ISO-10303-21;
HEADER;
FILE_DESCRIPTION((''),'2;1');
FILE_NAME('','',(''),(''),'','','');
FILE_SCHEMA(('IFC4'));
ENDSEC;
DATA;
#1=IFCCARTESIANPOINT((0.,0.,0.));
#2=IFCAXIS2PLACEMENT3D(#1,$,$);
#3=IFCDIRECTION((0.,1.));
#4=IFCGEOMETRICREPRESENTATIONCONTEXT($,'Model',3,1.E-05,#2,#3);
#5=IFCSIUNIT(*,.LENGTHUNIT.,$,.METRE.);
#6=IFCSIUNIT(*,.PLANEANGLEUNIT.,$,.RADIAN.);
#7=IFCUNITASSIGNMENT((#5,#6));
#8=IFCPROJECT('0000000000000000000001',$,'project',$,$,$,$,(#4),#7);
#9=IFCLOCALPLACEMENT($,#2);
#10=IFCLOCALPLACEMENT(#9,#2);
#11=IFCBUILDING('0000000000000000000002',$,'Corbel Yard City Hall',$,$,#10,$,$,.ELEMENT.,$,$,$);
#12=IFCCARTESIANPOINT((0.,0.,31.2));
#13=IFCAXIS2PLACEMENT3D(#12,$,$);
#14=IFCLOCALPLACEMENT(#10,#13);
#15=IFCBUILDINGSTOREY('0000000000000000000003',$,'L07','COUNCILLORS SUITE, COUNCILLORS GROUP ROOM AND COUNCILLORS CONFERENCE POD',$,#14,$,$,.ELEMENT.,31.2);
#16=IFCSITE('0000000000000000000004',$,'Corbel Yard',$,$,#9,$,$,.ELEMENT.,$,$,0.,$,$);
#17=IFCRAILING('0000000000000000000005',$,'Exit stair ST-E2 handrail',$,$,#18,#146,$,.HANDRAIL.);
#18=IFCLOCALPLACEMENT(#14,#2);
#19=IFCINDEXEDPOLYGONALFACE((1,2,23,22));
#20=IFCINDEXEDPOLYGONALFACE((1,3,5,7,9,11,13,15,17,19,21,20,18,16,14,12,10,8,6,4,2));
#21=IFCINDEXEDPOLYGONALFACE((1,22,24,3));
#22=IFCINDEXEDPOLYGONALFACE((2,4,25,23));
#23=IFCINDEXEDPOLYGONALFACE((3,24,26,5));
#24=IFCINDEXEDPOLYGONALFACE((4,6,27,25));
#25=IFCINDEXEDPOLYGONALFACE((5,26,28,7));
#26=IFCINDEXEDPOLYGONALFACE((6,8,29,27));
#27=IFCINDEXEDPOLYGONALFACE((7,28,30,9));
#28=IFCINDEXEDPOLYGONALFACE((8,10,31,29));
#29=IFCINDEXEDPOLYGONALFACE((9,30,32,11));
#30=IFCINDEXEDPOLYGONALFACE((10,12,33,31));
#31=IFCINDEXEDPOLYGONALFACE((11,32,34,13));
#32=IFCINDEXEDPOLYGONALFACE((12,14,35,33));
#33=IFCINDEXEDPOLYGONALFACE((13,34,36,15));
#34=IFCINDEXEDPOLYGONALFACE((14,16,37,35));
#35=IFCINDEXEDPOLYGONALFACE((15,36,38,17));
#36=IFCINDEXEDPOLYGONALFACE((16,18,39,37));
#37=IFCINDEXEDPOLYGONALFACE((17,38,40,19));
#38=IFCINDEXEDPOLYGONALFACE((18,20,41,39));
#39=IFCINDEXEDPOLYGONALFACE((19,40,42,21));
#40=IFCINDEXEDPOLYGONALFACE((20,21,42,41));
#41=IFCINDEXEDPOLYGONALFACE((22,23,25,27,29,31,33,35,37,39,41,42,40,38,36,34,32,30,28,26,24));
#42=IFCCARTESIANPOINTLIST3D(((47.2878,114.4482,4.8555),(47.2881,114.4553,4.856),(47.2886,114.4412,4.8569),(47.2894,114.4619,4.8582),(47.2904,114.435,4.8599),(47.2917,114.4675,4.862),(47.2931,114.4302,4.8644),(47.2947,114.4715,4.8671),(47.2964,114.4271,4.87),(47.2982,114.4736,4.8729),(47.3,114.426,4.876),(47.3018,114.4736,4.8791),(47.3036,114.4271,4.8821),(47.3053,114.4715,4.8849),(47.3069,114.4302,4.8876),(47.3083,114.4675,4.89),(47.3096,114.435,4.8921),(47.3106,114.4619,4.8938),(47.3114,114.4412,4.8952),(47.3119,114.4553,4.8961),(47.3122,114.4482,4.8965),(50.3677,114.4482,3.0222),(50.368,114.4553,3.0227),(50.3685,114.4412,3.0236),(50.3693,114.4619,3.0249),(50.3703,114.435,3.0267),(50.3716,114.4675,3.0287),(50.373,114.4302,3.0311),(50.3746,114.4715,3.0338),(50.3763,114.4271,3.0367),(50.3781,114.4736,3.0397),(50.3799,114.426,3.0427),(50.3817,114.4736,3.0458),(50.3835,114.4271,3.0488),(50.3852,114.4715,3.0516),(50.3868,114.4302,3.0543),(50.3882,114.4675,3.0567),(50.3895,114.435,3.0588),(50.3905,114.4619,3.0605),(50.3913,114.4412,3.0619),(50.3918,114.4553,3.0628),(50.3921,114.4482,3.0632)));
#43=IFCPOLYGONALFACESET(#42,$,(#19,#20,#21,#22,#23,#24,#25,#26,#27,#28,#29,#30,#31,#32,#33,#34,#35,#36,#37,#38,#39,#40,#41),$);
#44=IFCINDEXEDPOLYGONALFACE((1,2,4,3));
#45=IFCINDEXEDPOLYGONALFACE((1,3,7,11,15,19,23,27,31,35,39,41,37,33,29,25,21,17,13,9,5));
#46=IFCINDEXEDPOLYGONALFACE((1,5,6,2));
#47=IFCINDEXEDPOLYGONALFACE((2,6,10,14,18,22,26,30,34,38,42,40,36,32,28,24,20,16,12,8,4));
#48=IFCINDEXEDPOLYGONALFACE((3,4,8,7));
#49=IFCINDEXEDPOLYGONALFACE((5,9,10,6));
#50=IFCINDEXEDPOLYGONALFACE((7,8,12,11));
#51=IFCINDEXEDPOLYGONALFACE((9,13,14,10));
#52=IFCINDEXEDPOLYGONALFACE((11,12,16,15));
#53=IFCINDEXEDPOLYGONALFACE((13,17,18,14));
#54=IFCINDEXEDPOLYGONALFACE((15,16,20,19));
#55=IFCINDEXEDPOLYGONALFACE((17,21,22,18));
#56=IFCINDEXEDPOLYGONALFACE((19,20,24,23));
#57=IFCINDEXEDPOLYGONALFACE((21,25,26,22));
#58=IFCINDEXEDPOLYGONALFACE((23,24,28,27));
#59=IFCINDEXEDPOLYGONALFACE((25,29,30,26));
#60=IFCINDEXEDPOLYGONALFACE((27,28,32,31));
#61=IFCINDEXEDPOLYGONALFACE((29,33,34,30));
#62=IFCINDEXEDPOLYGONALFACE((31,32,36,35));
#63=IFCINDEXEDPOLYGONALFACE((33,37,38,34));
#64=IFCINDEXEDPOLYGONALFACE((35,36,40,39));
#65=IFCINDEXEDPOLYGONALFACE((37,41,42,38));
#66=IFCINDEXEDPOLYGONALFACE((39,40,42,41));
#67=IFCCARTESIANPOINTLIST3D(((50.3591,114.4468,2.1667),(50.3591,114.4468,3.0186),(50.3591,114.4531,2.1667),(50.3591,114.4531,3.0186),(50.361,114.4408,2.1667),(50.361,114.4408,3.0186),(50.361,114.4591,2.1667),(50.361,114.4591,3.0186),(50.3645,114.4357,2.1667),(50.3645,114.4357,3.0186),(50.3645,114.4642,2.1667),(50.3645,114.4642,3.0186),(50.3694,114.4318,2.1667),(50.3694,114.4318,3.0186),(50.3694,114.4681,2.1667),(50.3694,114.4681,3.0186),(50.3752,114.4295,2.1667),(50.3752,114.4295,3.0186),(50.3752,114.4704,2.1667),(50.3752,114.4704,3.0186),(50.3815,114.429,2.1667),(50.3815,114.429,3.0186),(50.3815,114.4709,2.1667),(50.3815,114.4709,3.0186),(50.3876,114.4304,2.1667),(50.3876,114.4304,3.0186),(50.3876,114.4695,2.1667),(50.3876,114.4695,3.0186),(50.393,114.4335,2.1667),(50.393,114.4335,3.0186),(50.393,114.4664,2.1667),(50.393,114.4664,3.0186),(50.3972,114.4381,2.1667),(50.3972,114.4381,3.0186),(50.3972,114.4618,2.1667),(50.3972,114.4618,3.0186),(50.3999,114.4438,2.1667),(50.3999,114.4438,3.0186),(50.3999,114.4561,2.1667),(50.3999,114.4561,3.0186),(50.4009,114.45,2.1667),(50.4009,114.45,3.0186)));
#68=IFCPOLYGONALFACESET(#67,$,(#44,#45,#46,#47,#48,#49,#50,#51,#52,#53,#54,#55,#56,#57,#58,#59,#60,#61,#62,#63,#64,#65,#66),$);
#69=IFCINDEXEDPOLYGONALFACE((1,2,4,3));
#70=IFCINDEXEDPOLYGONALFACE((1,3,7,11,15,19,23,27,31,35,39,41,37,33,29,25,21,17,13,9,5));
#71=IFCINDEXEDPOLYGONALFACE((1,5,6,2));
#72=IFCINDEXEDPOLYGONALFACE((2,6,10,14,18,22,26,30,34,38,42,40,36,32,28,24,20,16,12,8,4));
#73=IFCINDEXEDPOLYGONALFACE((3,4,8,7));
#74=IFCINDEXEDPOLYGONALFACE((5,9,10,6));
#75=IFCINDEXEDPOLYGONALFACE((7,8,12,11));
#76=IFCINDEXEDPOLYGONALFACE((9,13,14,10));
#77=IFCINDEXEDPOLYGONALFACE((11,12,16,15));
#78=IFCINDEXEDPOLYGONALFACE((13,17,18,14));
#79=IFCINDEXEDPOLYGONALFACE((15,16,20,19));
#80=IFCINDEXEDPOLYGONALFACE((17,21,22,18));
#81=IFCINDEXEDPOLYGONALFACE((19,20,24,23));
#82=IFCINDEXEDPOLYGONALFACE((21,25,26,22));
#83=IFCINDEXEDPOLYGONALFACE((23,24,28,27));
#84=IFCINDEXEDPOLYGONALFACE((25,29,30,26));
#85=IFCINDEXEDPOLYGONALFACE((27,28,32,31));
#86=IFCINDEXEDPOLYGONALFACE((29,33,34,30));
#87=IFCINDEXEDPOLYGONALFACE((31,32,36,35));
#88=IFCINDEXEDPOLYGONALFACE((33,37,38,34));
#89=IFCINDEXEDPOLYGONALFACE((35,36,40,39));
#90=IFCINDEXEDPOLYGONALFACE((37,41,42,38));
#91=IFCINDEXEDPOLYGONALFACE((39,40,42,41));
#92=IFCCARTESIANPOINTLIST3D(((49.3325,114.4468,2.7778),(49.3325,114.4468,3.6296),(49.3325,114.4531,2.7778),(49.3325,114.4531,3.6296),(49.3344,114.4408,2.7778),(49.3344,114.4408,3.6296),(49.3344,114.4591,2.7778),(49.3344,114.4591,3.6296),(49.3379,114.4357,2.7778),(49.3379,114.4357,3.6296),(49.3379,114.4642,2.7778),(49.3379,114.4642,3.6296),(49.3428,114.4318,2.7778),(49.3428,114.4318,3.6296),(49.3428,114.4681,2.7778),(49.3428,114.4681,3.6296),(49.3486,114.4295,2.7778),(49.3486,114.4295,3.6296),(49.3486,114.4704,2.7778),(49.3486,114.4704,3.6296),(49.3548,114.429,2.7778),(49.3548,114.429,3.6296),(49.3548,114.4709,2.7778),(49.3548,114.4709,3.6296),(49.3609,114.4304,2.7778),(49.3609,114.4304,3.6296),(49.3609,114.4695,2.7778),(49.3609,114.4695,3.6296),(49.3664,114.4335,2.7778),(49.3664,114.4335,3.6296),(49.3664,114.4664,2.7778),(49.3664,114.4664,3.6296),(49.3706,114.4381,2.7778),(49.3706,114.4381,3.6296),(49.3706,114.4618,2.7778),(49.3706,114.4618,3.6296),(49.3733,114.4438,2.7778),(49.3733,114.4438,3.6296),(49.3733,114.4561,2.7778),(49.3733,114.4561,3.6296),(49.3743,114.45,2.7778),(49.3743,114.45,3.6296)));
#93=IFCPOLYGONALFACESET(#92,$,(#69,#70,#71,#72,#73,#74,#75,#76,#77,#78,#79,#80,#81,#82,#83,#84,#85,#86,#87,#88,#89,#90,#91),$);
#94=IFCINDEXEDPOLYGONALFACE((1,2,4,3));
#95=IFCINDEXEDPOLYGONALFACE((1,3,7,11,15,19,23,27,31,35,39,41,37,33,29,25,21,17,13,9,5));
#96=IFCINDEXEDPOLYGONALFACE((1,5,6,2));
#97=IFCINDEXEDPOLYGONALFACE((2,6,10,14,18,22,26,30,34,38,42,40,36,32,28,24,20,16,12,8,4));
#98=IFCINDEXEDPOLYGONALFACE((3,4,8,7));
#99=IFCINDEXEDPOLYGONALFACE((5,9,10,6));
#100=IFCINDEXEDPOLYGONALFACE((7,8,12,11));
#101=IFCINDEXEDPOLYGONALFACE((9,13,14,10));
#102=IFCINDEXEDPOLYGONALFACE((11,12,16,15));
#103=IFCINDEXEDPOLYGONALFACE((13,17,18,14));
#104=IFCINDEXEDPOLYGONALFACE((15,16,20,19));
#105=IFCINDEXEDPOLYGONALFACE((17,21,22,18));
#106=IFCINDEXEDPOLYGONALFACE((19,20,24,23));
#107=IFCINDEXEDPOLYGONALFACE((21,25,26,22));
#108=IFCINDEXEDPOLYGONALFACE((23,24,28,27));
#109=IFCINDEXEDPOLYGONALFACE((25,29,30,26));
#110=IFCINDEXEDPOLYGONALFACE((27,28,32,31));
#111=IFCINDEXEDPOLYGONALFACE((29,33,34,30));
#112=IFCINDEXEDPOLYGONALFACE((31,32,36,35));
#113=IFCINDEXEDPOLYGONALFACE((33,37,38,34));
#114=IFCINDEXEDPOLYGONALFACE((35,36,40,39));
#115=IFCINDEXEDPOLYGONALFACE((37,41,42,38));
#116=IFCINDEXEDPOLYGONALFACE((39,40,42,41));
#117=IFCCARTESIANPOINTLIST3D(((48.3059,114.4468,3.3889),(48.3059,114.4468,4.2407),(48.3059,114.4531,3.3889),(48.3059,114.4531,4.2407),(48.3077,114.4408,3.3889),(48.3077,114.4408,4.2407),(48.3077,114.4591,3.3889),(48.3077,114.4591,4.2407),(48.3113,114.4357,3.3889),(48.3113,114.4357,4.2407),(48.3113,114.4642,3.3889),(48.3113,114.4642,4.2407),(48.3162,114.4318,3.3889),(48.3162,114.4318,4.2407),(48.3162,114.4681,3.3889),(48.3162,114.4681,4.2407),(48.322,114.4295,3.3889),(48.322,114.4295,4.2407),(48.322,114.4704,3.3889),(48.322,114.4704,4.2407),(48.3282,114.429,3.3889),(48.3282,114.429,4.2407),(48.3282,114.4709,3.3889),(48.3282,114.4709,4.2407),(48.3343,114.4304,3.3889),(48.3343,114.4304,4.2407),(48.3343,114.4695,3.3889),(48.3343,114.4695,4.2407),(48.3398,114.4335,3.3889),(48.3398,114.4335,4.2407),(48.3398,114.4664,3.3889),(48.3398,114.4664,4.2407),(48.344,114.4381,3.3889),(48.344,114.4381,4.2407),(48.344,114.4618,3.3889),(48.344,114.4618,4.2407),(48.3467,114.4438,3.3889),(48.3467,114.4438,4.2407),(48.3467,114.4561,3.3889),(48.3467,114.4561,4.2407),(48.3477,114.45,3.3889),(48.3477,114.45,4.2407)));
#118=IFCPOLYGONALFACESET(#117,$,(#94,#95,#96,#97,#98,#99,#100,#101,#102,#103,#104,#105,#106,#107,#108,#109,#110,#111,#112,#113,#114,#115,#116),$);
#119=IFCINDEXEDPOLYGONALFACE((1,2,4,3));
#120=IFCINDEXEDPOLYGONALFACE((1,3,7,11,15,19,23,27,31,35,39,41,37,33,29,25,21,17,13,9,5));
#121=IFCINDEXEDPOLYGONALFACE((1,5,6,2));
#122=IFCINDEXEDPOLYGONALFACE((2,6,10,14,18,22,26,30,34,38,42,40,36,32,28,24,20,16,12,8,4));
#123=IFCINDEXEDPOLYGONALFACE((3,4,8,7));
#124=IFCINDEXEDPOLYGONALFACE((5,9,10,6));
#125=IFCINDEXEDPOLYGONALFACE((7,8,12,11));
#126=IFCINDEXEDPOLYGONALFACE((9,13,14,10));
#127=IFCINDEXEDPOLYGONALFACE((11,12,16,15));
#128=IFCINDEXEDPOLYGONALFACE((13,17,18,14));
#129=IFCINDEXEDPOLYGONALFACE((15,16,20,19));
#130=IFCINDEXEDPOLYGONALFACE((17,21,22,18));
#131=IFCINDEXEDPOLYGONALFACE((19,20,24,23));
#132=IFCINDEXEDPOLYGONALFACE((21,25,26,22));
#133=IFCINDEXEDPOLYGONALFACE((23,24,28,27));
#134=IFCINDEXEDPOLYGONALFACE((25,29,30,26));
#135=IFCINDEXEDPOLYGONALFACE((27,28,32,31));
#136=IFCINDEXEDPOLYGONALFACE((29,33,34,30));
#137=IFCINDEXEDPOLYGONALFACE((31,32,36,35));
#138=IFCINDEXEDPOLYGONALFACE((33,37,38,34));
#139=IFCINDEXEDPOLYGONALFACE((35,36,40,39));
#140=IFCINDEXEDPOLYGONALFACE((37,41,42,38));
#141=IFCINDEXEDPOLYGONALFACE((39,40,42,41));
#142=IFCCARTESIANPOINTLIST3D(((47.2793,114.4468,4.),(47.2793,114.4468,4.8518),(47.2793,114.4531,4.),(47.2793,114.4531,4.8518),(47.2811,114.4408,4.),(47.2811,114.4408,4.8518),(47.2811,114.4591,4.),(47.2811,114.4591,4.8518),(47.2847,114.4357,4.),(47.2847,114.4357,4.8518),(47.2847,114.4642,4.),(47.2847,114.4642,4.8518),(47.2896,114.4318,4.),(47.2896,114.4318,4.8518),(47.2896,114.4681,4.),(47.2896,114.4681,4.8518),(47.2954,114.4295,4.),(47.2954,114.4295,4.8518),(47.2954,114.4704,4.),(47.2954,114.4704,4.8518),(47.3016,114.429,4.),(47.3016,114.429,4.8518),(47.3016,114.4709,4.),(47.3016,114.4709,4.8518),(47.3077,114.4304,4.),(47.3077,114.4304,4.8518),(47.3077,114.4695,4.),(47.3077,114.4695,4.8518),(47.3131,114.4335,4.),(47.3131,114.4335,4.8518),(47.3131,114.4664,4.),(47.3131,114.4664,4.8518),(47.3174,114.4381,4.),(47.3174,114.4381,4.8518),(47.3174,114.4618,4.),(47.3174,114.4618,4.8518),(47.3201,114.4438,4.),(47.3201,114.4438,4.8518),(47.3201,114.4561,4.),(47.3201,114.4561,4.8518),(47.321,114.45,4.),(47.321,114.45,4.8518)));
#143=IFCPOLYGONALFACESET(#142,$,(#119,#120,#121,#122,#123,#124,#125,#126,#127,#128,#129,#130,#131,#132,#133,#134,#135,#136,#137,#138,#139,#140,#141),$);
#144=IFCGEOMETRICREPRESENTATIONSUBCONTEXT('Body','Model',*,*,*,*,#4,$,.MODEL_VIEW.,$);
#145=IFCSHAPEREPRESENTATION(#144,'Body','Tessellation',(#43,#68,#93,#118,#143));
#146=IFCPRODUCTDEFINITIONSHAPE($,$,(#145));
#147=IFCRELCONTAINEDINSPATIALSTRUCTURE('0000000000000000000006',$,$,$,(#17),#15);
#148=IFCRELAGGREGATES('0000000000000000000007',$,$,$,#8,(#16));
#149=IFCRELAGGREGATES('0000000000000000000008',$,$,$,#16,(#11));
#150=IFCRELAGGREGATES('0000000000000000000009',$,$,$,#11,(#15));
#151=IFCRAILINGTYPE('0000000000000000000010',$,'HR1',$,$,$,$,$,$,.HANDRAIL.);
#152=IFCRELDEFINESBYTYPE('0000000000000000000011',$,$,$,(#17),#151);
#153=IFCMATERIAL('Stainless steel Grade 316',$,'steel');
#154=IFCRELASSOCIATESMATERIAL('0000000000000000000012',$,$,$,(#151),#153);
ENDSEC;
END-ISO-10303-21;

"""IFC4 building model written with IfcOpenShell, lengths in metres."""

from ifc_helpers import new_model, si_unit, direction, frame, origin, origin_2d, place, context, subcontext, project, spatial, circle, extrude, material, type_object, element, save


model = new_model("IFC4")

# Units and contexts
model_context = context("Model", 3, precision=1e-05, world=origin(), true_north=direction((0.0, 1.0)))
body_context = subcontext(model_context, "Body", "Model", "MODEL_VIEW")
ifc_project = project(units=[si_unit("LENGTHUNIT", "METRE"), si_unit("PLANEANGLEUNIT", "RADIAN")], contexts=[model_context])

# Site, building, storey
site_placement = place(None, origin())
site = spatial("IfcSite", under=ifc_project, at=site_placement, Name="Corbel Yard", CompositionType="ELEMENT", RefElevation=0.0)
building_placement = place(site_placement, origin())
building = spatial("IfcBuilding", under=site, at=building_placement, Name="Corbel Yard City Hall", CompositionType="ELEMENT")
storey_placement = place(building_placement, frame((0.0, 0.0, 31.2)))
storey = spatial("IfcBuildingStorey", under=building, at=storey_placement, Name="L07", Description="COUNCILLORS SUITE, COUNCILLORS GROUP ROOM AND COUNCILLORS CONFERENCE POD", CompositionType="ELEMENT", Elevation=31.2)

# Shared definitions
ifc_material_1 = material(Name="Stainless steel Grade 316", Category="steel")

# Railing
railing_type = type_object("IfcRailingType", Name="HR1", PredefinedType="HANDRAIL", material=ifc_material_1)
for number, where, name in (
    (1, (50.3799, 114.45, 2.1667), "Exit stair ST-E2 handrail"),
):
    element("IfcRailing", number, at=place(storey_placement, frame(where)), inside=storey, type_object=railing_type, Name=name, PredefinedType="HANDRAIL", context=body_context, shape_type="SweptSolid", body=[
        extrude(circle(Radius=0.0239, at=origin_2d()), frame((0.0, 0.0, 0.876), z_axis=(-0.859291, 0.0, 0.511487), x_axis=(0.0, -1.0, 0.0)), (0.0, 0.0, 1.0), 3.5842),
        extrude(circle(Radius=0.021, at=origin_2d()), origin(), (0.0, 0.0, 1.0), 0.8518),
        extrude(circle(Radius=0.021, at=origin_2d()), frame((-1.0266, 0.0, 0.6111)), (0.0, 0.0, 1.0), 0.8518),
        extrude(circle(Radius=0.021, at=origin_2d()), frame((-2.0532, 0.0, 1.2222)), (0.0, 0.0, 1.0), 0.8518),
        extrude(circle(Radius=0.021, at=origin_2d()), frame((-3.0798, 0.0, 1.8333)), (0.0, 0.0, 1.0), 0.8518),
    ])

save(model, "model.ifc")
